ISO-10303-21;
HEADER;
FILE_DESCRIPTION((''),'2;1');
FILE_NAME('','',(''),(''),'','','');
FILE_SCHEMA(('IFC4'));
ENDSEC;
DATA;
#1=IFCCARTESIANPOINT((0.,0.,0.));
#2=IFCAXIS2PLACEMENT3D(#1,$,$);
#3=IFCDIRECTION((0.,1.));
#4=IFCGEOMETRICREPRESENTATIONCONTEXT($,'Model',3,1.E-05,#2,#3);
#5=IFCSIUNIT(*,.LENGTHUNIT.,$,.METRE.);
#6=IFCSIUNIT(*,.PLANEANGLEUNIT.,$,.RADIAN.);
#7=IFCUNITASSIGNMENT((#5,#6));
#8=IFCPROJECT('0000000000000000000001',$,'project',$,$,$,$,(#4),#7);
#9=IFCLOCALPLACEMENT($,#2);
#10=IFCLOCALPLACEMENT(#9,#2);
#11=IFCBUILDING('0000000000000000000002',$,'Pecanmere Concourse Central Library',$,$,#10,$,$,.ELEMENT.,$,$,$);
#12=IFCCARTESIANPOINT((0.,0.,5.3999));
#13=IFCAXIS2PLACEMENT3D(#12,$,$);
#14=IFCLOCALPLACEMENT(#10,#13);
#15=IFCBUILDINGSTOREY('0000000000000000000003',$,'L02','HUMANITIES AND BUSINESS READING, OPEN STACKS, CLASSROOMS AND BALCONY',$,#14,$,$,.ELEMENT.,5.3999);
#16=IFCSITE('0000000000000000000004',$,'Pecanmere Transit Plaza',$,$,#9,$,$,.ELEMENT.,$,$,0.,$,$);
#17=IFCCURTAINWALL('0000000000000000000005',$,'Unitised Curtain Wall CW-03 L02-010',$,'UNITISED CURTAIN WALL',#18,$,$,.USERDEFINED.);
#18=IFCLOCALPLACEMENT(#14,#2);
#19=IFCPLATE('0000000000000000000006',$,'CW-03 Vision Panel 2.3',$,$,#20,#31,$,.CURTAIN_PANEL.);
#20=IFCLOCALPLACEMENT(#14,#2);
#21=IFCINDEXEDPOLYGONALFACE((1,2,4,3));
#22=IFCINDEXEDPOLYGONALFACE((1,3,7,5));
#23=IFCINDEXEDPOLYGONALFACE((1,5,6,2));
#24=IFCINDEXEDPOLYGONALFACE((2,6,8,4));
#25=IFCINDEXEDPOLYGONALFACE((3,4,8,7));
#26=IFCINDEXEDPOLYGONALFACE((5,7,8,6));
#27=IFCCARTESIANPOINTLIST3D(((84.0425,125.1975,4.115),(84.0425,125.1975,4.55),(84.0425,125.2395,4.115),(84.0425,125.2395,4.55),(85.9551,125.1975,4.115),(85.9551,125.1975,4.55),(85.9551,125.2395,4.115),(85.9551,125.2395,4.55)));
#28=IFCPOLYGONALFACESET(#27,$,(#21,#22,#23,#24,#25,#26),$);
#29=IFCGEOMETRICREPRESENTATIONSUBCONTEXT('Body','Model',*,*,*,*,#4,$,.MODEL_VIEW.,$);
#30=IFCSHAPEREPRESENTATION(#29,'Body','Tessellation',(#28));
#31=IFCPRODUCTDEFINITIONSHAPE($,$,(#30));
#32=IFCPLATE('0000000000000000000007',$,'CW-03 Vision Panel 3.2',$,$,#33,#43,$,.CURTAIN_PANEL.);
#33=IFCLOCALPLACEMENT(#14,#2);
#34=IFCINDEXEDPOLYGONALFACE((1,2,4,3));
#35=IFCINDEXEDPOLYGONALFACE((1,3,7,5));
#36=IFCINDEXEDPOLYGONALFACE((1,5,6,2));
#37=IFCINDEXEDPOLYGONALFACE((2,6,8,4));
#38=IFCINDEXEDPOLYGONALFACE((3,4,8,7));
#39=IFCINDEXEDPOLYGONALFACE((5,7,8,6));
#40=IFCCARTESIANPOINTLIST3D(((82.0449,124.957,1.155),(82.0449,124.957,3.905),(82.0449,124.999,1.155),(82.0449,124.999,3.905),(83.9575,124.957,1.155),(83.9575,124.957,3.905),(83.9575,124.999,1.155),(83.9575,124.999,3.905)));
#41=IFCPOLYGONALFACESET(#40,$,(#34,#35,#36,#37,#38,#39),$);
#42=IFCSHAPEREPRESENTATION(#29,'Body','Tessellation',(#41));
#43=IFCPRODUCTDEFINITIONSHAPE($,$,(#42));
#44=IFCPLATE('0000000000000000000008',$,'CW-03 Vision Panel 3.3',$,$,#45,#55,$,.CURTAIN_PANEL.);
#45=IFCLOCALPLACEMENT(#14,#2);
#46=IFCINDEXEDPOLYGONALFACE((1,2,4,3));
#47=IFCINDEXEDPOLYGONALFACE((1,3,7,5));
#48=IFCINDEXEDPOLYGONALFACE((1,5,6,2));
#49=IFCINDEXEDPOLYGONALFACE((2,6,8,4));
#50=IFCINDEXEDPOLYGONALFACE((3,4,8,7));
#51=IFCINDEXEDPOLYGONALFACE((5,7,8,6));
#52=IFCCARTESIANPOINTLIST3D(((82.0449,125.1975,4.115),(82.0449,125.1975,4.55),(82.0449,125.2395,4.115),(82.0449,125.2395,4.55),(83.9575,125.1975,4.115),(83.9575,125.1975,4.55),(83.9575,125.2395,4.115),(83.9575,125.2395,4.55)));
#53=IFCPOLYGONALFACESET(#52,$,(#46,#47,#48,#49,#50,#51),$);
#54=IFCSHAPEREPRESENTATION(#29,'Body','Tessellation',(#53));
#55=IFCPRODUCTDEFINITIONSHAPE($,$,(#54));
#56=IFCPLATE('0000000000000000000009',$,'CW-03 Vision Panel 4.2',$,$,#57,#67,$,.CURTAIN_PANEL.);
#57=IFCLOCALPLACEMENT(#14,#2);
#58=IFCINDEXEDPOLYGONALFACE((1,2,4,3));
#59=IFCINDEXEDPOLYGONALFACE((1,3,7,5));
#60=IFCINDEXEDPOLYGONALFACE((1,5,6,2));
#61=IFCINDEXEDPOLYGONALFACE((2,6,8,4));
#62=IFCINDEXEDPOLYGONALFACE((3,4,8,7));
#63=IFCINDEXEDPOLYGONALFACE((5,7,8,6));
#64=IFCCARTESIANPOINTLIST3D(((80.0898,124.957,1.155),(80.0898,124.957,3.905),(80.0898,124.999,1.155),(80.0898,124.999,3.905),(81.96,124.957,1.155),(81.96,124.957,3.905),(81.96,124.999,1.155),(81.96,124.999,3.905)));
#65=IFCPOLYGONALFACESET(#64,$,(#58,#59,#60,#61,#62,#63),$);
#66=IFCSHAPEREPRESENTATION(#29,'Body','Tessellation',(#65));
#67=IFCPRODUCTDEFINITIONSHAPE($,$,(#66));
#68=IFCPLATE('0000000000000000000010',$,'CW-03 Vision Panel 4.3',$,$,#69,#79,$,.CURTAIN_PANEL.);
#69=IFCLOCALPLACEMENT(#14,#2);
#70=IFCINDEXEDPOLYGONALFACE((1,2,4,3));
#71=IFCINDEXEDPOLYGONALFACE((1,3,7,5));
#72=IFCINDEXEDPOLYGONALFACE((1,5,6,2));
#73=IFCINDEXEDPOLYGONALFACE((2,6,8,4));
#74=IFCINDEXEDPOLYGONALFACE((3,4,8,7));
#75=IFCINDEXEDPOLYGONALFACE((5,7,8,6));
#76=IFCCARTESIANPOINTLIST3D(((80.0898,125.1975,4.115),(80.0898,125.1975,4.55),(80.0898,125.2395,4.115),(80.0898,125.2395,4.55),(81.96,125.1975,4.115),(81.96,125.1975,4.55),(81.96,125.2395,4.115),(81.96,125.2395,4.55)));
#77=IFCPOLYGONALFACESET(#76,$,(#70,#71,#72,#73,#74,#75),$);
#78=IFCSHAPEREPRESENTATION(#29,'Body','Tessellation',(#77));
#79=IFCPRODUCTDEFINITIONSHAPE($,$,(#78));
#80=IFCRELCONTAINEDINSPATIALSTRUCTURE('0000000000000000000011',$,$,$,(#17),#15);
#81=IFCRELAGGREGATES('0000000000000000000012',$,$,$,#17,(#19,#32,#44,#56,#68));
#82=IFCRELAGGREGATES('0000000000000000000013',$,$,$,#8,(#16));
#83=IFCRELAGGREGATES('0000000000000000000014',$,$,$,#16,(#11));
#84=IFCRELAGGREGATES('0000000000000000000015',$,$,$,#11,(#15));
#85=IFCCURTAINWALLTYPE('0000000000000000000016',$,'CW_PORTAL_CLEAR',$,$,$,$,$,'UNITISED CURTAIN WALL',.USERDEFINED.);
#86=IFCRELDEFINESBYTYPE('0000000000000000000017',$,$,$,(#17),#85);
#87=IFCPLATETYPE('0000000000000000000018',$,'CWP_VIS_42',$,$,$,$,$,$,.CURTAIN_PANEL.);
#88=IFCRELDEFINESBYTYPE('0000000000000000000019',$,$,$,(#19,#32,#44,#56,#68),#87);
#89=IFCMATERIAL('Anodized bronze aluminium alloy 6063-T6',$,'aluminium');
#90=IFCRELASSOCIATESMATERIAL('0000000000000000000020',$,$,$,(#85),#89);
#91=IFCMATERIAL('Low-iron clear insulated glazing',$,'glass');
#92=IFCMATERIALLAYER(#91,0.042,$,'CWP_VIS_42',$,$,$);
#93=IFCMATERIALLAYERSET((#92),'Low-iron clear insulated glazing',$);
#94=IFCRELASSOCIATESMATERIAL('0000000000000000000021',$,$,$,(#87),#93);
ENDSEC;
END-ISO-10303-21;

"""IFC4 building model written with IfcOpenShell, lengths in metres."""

from ifc_helpers import new_model, si_unit, direction, frame, origin, origin_2d, place, context, subcontext, project, spatial, rectangle, extrude, material, layer, layer_set, type_object, element, aggregate, save


model = new_model("IFC4")

# Units and contexts
model_context = context("Model", 3, precision=1e-05, world=origin(), true_north=direction((0.0, 1.0)))
body_context = subcontext(model_context, "Body", "Model", "MODEL_VIEW")
ifc_project = project(units=[si_unit("LENGTHUNIT", "METRE"), si_unit("PLANEANGLEUNIT", "RADIAN")], contexts=[model_context])

# Site, building, storey
site_placement = place(None, origin())
site = spatial("IfcSite", under=ifc_project, at=site_placement, Name="Pecanmere Transit Plaza", CompositionType="ELEMENT", RefElevation=0.0)
building_placement = place(site_placement, origin())
building = spatial("IfcBuilding", under=site, at=building_placement, Name="Pecanmere Concourse Central Library", CompositionType="ELEMENT")
storey_placement = place(building_placement, frame((0.0, 0.0, 5.3999)))
storey = spatial("IfcBuildingStorey", under=building, at=storey_placement, Name="L02", Description="HUMANITIES AND BUSINESS READING, OPEN STACKS, CLASSROOMS AND BALCONY", CompositionType="ELEMENT", Elevation=5.3999)

# Curtain wall
ifc_material_1 = material(Name="Anodized bronze aluminium alloy 6063-T6", Category="aluminium")
curtain_wall_type = type_object("IfcCurtainWallType", Name="CW_PORTAL_CLEAR", ElementType="UNITISED CURTAIN WALL", PredefinedType="USERDEFINED", material=ifc_material_1)
curtain_wall_placement = place(storey_placement, origin())
curtain_wall = element("IfcCurtainWall", 1, at=curtain_wall_placement, inside=storey, type_object=curtain_wall_type, Name="Unitised Curtain Wall CW-03 L02-010", ObjectType="UNITISED CURTAIN WALL", PredefinedType="USERDEFINED")

# Plates
ifc_material_2 = material(Name="Low-iron clear insulated glazing", Category="glass")
ifc_layer_1 = layer(ifc_material_2, 0.042, Name="CWP_VIS_42")
ifc_layer_set_1 = layer_set([ifc_layer_1], Name="Low-iron clear insulated glazing")
plate_type_1 = type_object("IfcPlateType", Name="CWP_VIS_42", PredefinedType="CURTAIN_PANEL", material=ifc_layer_set_1)
plate_1_placement = place(storey_placement, frame((84.9988, 125.2185, 4.115), z_axis=(0.0, 0.0, 1.0), x_axis=(-1.0, 0.0, 0.0)))
plate_1 = element("IfcPlate", 2, at=plate_1_placement, type_object=plate_type_1, Name="CW-03 Vision Panel 2.3", PredefinedType="CURTAIN_PANEL", context=body_context, shape_type="SweptSolid", body=[
    extrude(rectangle(XDim=1.9126, YDim=0.042, at=origin_2d()), origin(), (0.0, 0.0, 1.0), 0.4351),
])
plate_2_placement = place(storey_placement, frame((83.0012, 124.978, 1.155), z_axis=(0.0, 0.0, 1.0), x_axis=(-1.0, 0.0, 0.0)))
plate_2 = element("IfcPlate", 3, at=plate_2_placement, type_object=plate_type_1, Name="CW-03 Vision Panel 3.2", PredefinedType="CURTAIN_PANEL", context=body_context, shape_type="SweptSolid", body=[
    extrude(rectangle(XDim=1.9126, YDim=0.042, at=origin_2d()), origin(), (0.0, 0.0, 1.0), 2.75),
])
plate_3_placement = place(storey_placement, frame((83.0012, 125.2185, 4.115), z_axis=(0.0, 0.0, 1.0), x_axis=(-1.0, 0.0, 0.0)))
plate_3 = element("IfcPlate", 4, at=plate_3_placement, type_object=plate_type_1, Name="CW-03 Vision Panel 3.3", PredefinedType="CURTAIN_PANEL", context=body_context, shape_type="SweptSolid", body=[
    extrude(rectangle(XDim=1.9126, YDim=0.042, at=origin_2d()), origin(), (0.0, 0.0, 1.0), 0.4351),
])
plate_4_placement = place(storey_placement, frame((81.0249, 124.978, 1.155), z_axis=(0.0, 0.0, 1.0), x_axis=(-1.0, 0.0, 0.0)))
plate_4 = element("IfcPlate", 5, at=plate_4_placement, type_object=plate_type_1, Name="CW-03 Vision Panel 4.2", PredefinedType="CURTAIN_PANEL", context=body_context, shape_type="SweptSolid", body=[
    extrude(rectangle(XDim=1.8701, YDim=0.042, at=origin_2d()), origin(), (0.0, 0.0, 1.0), 2.75),
])
plate_5_placement = place(storey_placement, frame((81.0249, 125.2185, 4.115), z_axis=(0.0, 0.0, 1.0), x_axis=(-1.0, 0.0, 0.0)))
plate_5 = element("IfcPlate", 6, at=plate_5_placement, type_object=plate_type_1, Name="CW-03 Vision Panel 4.3", PredefinedType="CURTAIN_PANEL", context=body_context, shape_type="SweptSolid", body=[
    extrude(rectangle(XDim=1.8701, YDim=0.042, at=origin_2d()), origin(), (0.0, 0.0, 1.0), 0.4351),
])
aggregate(curtain_wall, [plate_1, plate_2, plate_3, plate_4, plate_5])

save(model, "model.ifc")
